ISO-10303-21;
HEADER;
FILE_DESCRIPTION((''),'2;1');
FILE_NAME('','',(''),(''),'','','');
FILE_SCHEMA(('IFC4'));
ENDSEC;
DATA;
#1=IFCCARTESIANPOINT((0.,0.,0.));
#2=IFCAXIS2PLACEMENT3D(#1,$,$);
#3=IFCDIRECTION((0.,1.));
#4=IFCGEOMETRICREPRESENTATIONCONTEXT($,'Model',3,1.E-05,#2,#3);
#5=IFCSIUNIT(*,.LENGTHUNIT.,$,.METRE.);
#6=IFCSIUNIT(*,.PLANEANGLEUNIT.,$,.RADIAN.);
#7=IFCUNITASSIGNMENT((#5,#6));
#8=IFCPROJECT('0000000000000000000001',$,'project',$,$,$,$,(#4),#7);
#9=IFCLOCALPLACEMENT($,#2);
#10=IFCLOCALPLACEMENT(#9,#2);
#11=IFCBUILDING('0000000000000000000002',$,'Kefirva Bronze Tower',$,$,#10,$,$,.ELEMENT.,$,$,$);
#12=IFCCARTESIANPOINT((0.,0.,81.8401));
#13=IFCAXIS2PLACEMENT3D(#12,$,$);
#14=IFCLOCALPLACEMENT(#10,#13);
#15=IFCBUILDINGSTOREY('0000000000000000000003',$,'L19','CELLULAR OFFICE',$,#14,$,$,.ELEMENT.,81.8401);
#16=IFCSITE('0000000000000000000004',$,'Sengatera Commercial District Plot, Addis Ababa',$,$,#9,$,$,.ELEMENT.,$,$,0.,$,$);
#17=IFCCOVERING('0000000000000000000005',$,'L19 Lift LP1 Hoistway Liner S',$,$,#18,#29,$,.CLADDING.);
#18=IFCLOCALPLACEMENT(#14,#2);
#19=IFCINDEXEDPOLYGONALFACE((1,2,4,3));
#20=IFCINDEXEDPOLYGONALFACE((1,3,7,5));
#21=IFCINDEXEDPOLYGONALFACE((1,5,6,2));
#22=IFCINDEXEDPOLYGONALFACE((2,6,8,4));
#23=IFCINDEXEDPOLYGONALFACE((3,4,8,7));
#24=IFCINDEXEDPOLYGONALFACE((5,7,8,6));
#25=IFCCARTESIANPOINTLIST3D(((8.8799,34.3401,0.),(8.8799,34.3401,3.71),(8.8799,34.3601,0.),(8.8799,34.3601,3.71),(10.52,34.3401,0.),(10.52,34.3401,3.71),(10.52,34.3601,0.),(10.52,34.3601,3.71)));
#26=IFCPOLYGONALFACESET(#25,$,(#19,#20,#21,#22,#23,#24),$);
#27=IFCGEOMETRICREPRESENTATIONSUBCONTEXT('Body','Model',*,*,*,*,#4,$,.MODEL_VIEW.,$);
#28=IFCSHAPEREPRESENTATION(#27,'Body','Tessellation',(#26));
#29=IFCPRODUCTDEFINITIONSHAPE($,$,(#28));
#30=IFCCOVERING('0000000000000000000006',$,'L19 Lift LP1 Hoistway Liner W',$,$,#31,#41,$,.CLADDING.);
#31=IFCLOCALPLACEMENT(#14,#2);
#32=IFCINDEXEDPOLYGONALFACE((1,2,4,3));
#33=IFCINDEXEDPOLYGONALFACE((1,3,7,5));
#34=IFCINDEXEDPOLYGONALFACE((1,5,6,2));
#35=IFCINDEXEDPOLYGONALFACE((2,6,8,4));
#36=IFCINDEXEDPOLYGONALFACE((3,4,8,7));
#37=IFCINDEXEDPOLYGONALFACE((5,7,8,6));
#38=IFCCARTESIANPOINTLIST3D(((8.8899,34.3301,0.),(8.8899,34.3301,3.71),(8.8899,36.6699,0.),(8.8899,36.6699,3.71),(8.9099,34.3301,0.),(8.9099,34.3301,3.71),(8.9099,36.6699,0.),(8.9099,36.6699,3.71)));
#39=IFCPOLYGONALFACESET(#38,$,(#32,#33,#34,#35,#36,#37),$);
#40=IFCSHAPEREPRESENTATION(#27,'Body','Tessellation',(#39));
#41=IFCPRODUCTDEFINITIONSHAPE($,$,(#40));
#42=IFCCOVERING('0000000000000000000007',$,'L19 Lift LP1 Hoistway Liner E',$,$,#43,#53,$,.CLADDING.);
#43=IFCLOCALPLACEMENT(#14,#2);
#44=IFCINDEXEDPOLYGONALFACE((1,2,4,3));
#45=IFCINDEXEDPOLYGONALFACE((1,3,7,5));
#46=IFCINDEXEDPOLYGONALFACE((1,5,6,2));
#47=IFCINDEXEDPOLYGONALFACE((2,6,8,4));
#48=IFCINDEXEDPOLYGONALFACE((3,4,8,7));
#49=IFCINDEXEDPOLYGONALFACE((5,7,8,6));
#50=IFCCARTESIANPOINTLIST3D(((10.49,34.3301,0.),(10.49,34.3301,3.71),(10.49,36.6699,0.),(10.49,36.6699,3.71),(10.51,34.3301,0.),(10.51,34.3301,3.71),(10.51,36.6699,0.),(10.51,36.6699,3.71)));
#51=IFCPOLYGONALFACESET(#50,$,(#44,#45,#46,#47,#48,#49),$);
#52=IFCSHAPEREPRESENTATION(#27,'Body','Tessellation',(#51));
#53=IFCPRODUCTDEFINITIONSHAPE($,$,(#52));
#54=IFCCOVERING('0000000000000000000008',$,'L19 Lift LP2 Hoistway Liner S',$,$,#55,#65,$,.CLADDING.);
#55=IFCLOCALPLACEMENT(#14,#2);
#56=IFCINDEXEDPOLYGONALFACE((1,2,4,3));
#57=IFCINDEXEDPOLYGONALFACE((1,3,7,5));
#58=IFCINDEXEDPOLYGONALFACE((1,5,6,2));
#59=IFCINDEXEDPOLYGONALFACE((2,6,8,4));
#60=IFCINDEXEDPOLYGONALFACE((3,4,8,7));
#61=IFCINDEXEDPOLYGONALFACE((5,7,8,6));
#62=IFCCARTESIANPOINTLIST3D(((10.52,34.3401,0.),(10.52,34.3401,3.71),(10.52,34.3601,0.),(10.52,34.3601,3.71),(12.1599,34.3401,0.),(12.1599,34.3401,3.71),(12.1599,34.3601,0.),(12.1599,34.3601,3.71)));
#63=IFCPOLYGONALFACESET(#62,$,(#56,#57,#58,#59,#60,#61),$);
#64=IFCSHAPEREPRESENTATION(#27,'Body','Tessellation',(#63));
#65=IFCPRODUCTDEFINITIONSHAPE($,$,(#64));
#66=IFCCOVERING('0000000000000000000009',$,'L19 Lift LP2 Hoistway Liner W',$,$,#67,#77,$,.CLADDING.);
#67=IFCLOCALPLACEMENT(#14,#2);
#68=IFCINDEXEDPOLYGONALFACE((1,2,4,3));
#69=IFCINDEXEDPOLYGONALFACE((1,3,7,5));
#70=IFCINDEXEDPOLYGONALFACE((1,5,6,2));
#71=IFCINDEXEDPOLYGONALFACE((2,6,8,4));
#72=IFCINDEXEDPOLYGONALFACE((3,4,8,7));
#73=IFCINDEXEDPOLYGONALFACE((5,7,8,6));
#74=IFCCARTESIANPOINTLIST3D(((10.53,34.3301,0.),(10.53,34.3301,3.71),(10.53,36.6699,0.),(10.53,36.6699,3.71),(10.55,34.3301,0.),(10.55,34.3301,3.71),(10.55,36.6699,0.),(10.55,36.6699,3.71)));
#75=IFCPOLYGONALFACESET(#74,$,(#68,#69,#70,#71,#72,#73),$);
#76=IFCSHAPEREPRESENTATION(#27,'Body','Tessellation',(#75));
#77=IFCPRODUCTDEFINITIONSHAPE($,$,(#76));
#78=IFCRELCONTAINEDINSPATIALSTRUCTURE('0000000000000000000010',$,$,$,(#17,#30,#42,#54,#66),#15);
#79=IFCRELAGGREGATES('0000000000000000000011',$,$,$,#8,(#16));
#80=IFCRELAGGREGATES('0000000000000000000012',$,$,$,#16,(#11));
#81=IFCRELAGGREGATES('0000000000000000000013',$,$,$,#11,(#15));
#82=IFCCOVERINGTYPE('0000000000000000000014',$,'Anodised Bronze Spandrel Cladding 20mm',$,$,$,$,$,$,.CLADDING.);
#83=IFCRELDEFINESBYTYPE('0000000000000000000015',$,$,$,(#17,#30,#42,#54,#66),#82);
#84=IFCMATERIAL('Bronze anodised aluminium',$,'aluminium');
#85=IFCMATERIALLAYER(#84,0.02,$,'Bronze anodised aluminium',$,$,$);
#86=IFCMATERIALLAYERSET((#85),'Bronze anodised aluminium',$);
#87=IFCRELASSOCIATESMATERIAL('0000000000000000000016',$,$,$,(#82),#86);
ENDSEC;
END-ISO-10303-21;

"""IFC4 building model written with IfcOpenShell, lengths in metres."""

from ifc_helpers import new_model, si_unit, direction, frame, origin, place, context, subcontext, project, spatial, polyline, outline, extrude, material, layer, layer_set, type_object, element, save


model = new_model("IFC4")

# Units and contexts
model_context = context("Model", 3, precision=1e-05, world=origin(), true_north=direction((0.0, 1.0)))
body_context = subcontext(model_context, "Body", "Model", "MODEL_VIEW")
ifc_project = project(units=[si_unit("LENGTHUNIT", "METRE"), si_unit("PLANEANGLEUNIT", "RADIAN")], contexts=[model_context])

# Site, building, storey
site_placement = place(None, origin())
site = spatial("IfcSite", under=ifc_project, at=site_placement, Name="Sengatera Commercial District Plot, Addis Ababa", CompositionType="ELEMENT", RefElevation=0.0)
building_placement = place(site_placement, origin())
building = spatial("IfcBuilding", under=site, at=building_placement, Name="Kefirva Bronze Tower", CompositionType="ELEMENT")
storey_placement = place(building_placement, frame((0.0, 0.0, 81.8401)))
storey = spatial("IfcBuildingStorey", under=building, at=storey_placement, Name="L19", Description="CELLULAR OFFICE", CompositionType="ELEMENT", Elevation=81.8401)

# Coverings
ifc_material_1 = material(Name="Bronze anodised aluminium", Category="aluminium")
ifc_layer_1 = layer(ifc_material_1, 0.02, Name="Bronze anodised aluminium")
ifc_layer_set_1 = layer_set([ifc_layer_1], Name="Bronze anodised aluminium")
covering_type = type_object("IfcCoveringType", Name="Anodised Bronze Spandrel Cladding 20mm", PredefinedType="CLADDING", material=ifc_layer_set_1)
covering_1_placement = place(storey_placement, origin())
element("IfcCovering", 1, at=covering_1_placement, inside=storey, type_object=covering_type, Name="L19 Lift LP1 Hoistway Liner S", PredefinedType="CLADDING", context=body_context, shape_type="SweptSolid", body=[
    extrude(outline(polyline([(8.8799, 34.3401), (10.52, 34.3401), (10.52, 34.3601), (8.8799, 34.3601), (8.8799, 34.3401)])), origin(), (0.0, 0.0, 1.0), 3.71),
])
covering_2_placement = place(storey_placement, origin())
element("IfcCovering", 2, at=covering_2_placement, inside=storey, type_object=covering_type, Name="L19 Lift LP1 Hoistway Liner W", PredefinedType="CLADDING", context=body_context, shape_type="SweptSolid", body=[
    extrude(outline(polyline([(8.8899, 34.3301), (8.9099, 34.3301), (8.9099, 36.6699), (8.8899, 36.6699), (8.8899, 34.3301)])), origin(), (0.0, 0.0, 1.0), 3.71),
])
covering_3_placement = place(storey_placement, origin())
element("IfcCovering", 3, at=covering_3_placement, inside=storey, type_object=covering_type, Name="L19 Lift LP1 Hoistway Liner E", PredefinedType="CLADDING", context=body_context, shape_type="SweptSolid", body=[
    extrude(outline(polyline([(10.49, 34.3301), (10.51, 34.3301), (10.51, 36.6699), (10.49, 36.6699), (10.49, 34.3301)])), origin(), (0.0, 0.0, 1.0), 3.71),
])
covering_4_placement = place(storey_placement, origin())
element("IfcCovering", 4, at=covering_4_placement, inside=storey, type_object=covering_type, Name="L19 Lift LP2 Hoistway Liner S", PredefinedType="CLADDING", context=body_context, shape_type="SweptSolid", body=[
    extrude(outline(polyline([(10.52, 34.3401), (12.1599, 34.3401), (12.1599, 34.3601), (10.52, 34.3601), (10.52, 34.3401)])), origin(), (0.0, 0.0, 1.0), 3.71),
])
covering_5_placement = place(storey_placement, origin())
element("IfcCovering", 5, at=covering_5_placement, inside=storey, type_object=covering_type, Name="L19 Lift LP2 Hoistway Liner W", PredefinedType="CLADDING", context=body_context, shape_type="SweptSolid", body=[
    extrude(outline(polyline([(10.53, 34.3301), (10.55, 34.3301), (10.55, 36.6699), (10.53, 36.6699), (10.53, 34.3301)])), origin(), (0.0, 0.0, 1.0), 3.71),
])

save(model, "model.ifc")
